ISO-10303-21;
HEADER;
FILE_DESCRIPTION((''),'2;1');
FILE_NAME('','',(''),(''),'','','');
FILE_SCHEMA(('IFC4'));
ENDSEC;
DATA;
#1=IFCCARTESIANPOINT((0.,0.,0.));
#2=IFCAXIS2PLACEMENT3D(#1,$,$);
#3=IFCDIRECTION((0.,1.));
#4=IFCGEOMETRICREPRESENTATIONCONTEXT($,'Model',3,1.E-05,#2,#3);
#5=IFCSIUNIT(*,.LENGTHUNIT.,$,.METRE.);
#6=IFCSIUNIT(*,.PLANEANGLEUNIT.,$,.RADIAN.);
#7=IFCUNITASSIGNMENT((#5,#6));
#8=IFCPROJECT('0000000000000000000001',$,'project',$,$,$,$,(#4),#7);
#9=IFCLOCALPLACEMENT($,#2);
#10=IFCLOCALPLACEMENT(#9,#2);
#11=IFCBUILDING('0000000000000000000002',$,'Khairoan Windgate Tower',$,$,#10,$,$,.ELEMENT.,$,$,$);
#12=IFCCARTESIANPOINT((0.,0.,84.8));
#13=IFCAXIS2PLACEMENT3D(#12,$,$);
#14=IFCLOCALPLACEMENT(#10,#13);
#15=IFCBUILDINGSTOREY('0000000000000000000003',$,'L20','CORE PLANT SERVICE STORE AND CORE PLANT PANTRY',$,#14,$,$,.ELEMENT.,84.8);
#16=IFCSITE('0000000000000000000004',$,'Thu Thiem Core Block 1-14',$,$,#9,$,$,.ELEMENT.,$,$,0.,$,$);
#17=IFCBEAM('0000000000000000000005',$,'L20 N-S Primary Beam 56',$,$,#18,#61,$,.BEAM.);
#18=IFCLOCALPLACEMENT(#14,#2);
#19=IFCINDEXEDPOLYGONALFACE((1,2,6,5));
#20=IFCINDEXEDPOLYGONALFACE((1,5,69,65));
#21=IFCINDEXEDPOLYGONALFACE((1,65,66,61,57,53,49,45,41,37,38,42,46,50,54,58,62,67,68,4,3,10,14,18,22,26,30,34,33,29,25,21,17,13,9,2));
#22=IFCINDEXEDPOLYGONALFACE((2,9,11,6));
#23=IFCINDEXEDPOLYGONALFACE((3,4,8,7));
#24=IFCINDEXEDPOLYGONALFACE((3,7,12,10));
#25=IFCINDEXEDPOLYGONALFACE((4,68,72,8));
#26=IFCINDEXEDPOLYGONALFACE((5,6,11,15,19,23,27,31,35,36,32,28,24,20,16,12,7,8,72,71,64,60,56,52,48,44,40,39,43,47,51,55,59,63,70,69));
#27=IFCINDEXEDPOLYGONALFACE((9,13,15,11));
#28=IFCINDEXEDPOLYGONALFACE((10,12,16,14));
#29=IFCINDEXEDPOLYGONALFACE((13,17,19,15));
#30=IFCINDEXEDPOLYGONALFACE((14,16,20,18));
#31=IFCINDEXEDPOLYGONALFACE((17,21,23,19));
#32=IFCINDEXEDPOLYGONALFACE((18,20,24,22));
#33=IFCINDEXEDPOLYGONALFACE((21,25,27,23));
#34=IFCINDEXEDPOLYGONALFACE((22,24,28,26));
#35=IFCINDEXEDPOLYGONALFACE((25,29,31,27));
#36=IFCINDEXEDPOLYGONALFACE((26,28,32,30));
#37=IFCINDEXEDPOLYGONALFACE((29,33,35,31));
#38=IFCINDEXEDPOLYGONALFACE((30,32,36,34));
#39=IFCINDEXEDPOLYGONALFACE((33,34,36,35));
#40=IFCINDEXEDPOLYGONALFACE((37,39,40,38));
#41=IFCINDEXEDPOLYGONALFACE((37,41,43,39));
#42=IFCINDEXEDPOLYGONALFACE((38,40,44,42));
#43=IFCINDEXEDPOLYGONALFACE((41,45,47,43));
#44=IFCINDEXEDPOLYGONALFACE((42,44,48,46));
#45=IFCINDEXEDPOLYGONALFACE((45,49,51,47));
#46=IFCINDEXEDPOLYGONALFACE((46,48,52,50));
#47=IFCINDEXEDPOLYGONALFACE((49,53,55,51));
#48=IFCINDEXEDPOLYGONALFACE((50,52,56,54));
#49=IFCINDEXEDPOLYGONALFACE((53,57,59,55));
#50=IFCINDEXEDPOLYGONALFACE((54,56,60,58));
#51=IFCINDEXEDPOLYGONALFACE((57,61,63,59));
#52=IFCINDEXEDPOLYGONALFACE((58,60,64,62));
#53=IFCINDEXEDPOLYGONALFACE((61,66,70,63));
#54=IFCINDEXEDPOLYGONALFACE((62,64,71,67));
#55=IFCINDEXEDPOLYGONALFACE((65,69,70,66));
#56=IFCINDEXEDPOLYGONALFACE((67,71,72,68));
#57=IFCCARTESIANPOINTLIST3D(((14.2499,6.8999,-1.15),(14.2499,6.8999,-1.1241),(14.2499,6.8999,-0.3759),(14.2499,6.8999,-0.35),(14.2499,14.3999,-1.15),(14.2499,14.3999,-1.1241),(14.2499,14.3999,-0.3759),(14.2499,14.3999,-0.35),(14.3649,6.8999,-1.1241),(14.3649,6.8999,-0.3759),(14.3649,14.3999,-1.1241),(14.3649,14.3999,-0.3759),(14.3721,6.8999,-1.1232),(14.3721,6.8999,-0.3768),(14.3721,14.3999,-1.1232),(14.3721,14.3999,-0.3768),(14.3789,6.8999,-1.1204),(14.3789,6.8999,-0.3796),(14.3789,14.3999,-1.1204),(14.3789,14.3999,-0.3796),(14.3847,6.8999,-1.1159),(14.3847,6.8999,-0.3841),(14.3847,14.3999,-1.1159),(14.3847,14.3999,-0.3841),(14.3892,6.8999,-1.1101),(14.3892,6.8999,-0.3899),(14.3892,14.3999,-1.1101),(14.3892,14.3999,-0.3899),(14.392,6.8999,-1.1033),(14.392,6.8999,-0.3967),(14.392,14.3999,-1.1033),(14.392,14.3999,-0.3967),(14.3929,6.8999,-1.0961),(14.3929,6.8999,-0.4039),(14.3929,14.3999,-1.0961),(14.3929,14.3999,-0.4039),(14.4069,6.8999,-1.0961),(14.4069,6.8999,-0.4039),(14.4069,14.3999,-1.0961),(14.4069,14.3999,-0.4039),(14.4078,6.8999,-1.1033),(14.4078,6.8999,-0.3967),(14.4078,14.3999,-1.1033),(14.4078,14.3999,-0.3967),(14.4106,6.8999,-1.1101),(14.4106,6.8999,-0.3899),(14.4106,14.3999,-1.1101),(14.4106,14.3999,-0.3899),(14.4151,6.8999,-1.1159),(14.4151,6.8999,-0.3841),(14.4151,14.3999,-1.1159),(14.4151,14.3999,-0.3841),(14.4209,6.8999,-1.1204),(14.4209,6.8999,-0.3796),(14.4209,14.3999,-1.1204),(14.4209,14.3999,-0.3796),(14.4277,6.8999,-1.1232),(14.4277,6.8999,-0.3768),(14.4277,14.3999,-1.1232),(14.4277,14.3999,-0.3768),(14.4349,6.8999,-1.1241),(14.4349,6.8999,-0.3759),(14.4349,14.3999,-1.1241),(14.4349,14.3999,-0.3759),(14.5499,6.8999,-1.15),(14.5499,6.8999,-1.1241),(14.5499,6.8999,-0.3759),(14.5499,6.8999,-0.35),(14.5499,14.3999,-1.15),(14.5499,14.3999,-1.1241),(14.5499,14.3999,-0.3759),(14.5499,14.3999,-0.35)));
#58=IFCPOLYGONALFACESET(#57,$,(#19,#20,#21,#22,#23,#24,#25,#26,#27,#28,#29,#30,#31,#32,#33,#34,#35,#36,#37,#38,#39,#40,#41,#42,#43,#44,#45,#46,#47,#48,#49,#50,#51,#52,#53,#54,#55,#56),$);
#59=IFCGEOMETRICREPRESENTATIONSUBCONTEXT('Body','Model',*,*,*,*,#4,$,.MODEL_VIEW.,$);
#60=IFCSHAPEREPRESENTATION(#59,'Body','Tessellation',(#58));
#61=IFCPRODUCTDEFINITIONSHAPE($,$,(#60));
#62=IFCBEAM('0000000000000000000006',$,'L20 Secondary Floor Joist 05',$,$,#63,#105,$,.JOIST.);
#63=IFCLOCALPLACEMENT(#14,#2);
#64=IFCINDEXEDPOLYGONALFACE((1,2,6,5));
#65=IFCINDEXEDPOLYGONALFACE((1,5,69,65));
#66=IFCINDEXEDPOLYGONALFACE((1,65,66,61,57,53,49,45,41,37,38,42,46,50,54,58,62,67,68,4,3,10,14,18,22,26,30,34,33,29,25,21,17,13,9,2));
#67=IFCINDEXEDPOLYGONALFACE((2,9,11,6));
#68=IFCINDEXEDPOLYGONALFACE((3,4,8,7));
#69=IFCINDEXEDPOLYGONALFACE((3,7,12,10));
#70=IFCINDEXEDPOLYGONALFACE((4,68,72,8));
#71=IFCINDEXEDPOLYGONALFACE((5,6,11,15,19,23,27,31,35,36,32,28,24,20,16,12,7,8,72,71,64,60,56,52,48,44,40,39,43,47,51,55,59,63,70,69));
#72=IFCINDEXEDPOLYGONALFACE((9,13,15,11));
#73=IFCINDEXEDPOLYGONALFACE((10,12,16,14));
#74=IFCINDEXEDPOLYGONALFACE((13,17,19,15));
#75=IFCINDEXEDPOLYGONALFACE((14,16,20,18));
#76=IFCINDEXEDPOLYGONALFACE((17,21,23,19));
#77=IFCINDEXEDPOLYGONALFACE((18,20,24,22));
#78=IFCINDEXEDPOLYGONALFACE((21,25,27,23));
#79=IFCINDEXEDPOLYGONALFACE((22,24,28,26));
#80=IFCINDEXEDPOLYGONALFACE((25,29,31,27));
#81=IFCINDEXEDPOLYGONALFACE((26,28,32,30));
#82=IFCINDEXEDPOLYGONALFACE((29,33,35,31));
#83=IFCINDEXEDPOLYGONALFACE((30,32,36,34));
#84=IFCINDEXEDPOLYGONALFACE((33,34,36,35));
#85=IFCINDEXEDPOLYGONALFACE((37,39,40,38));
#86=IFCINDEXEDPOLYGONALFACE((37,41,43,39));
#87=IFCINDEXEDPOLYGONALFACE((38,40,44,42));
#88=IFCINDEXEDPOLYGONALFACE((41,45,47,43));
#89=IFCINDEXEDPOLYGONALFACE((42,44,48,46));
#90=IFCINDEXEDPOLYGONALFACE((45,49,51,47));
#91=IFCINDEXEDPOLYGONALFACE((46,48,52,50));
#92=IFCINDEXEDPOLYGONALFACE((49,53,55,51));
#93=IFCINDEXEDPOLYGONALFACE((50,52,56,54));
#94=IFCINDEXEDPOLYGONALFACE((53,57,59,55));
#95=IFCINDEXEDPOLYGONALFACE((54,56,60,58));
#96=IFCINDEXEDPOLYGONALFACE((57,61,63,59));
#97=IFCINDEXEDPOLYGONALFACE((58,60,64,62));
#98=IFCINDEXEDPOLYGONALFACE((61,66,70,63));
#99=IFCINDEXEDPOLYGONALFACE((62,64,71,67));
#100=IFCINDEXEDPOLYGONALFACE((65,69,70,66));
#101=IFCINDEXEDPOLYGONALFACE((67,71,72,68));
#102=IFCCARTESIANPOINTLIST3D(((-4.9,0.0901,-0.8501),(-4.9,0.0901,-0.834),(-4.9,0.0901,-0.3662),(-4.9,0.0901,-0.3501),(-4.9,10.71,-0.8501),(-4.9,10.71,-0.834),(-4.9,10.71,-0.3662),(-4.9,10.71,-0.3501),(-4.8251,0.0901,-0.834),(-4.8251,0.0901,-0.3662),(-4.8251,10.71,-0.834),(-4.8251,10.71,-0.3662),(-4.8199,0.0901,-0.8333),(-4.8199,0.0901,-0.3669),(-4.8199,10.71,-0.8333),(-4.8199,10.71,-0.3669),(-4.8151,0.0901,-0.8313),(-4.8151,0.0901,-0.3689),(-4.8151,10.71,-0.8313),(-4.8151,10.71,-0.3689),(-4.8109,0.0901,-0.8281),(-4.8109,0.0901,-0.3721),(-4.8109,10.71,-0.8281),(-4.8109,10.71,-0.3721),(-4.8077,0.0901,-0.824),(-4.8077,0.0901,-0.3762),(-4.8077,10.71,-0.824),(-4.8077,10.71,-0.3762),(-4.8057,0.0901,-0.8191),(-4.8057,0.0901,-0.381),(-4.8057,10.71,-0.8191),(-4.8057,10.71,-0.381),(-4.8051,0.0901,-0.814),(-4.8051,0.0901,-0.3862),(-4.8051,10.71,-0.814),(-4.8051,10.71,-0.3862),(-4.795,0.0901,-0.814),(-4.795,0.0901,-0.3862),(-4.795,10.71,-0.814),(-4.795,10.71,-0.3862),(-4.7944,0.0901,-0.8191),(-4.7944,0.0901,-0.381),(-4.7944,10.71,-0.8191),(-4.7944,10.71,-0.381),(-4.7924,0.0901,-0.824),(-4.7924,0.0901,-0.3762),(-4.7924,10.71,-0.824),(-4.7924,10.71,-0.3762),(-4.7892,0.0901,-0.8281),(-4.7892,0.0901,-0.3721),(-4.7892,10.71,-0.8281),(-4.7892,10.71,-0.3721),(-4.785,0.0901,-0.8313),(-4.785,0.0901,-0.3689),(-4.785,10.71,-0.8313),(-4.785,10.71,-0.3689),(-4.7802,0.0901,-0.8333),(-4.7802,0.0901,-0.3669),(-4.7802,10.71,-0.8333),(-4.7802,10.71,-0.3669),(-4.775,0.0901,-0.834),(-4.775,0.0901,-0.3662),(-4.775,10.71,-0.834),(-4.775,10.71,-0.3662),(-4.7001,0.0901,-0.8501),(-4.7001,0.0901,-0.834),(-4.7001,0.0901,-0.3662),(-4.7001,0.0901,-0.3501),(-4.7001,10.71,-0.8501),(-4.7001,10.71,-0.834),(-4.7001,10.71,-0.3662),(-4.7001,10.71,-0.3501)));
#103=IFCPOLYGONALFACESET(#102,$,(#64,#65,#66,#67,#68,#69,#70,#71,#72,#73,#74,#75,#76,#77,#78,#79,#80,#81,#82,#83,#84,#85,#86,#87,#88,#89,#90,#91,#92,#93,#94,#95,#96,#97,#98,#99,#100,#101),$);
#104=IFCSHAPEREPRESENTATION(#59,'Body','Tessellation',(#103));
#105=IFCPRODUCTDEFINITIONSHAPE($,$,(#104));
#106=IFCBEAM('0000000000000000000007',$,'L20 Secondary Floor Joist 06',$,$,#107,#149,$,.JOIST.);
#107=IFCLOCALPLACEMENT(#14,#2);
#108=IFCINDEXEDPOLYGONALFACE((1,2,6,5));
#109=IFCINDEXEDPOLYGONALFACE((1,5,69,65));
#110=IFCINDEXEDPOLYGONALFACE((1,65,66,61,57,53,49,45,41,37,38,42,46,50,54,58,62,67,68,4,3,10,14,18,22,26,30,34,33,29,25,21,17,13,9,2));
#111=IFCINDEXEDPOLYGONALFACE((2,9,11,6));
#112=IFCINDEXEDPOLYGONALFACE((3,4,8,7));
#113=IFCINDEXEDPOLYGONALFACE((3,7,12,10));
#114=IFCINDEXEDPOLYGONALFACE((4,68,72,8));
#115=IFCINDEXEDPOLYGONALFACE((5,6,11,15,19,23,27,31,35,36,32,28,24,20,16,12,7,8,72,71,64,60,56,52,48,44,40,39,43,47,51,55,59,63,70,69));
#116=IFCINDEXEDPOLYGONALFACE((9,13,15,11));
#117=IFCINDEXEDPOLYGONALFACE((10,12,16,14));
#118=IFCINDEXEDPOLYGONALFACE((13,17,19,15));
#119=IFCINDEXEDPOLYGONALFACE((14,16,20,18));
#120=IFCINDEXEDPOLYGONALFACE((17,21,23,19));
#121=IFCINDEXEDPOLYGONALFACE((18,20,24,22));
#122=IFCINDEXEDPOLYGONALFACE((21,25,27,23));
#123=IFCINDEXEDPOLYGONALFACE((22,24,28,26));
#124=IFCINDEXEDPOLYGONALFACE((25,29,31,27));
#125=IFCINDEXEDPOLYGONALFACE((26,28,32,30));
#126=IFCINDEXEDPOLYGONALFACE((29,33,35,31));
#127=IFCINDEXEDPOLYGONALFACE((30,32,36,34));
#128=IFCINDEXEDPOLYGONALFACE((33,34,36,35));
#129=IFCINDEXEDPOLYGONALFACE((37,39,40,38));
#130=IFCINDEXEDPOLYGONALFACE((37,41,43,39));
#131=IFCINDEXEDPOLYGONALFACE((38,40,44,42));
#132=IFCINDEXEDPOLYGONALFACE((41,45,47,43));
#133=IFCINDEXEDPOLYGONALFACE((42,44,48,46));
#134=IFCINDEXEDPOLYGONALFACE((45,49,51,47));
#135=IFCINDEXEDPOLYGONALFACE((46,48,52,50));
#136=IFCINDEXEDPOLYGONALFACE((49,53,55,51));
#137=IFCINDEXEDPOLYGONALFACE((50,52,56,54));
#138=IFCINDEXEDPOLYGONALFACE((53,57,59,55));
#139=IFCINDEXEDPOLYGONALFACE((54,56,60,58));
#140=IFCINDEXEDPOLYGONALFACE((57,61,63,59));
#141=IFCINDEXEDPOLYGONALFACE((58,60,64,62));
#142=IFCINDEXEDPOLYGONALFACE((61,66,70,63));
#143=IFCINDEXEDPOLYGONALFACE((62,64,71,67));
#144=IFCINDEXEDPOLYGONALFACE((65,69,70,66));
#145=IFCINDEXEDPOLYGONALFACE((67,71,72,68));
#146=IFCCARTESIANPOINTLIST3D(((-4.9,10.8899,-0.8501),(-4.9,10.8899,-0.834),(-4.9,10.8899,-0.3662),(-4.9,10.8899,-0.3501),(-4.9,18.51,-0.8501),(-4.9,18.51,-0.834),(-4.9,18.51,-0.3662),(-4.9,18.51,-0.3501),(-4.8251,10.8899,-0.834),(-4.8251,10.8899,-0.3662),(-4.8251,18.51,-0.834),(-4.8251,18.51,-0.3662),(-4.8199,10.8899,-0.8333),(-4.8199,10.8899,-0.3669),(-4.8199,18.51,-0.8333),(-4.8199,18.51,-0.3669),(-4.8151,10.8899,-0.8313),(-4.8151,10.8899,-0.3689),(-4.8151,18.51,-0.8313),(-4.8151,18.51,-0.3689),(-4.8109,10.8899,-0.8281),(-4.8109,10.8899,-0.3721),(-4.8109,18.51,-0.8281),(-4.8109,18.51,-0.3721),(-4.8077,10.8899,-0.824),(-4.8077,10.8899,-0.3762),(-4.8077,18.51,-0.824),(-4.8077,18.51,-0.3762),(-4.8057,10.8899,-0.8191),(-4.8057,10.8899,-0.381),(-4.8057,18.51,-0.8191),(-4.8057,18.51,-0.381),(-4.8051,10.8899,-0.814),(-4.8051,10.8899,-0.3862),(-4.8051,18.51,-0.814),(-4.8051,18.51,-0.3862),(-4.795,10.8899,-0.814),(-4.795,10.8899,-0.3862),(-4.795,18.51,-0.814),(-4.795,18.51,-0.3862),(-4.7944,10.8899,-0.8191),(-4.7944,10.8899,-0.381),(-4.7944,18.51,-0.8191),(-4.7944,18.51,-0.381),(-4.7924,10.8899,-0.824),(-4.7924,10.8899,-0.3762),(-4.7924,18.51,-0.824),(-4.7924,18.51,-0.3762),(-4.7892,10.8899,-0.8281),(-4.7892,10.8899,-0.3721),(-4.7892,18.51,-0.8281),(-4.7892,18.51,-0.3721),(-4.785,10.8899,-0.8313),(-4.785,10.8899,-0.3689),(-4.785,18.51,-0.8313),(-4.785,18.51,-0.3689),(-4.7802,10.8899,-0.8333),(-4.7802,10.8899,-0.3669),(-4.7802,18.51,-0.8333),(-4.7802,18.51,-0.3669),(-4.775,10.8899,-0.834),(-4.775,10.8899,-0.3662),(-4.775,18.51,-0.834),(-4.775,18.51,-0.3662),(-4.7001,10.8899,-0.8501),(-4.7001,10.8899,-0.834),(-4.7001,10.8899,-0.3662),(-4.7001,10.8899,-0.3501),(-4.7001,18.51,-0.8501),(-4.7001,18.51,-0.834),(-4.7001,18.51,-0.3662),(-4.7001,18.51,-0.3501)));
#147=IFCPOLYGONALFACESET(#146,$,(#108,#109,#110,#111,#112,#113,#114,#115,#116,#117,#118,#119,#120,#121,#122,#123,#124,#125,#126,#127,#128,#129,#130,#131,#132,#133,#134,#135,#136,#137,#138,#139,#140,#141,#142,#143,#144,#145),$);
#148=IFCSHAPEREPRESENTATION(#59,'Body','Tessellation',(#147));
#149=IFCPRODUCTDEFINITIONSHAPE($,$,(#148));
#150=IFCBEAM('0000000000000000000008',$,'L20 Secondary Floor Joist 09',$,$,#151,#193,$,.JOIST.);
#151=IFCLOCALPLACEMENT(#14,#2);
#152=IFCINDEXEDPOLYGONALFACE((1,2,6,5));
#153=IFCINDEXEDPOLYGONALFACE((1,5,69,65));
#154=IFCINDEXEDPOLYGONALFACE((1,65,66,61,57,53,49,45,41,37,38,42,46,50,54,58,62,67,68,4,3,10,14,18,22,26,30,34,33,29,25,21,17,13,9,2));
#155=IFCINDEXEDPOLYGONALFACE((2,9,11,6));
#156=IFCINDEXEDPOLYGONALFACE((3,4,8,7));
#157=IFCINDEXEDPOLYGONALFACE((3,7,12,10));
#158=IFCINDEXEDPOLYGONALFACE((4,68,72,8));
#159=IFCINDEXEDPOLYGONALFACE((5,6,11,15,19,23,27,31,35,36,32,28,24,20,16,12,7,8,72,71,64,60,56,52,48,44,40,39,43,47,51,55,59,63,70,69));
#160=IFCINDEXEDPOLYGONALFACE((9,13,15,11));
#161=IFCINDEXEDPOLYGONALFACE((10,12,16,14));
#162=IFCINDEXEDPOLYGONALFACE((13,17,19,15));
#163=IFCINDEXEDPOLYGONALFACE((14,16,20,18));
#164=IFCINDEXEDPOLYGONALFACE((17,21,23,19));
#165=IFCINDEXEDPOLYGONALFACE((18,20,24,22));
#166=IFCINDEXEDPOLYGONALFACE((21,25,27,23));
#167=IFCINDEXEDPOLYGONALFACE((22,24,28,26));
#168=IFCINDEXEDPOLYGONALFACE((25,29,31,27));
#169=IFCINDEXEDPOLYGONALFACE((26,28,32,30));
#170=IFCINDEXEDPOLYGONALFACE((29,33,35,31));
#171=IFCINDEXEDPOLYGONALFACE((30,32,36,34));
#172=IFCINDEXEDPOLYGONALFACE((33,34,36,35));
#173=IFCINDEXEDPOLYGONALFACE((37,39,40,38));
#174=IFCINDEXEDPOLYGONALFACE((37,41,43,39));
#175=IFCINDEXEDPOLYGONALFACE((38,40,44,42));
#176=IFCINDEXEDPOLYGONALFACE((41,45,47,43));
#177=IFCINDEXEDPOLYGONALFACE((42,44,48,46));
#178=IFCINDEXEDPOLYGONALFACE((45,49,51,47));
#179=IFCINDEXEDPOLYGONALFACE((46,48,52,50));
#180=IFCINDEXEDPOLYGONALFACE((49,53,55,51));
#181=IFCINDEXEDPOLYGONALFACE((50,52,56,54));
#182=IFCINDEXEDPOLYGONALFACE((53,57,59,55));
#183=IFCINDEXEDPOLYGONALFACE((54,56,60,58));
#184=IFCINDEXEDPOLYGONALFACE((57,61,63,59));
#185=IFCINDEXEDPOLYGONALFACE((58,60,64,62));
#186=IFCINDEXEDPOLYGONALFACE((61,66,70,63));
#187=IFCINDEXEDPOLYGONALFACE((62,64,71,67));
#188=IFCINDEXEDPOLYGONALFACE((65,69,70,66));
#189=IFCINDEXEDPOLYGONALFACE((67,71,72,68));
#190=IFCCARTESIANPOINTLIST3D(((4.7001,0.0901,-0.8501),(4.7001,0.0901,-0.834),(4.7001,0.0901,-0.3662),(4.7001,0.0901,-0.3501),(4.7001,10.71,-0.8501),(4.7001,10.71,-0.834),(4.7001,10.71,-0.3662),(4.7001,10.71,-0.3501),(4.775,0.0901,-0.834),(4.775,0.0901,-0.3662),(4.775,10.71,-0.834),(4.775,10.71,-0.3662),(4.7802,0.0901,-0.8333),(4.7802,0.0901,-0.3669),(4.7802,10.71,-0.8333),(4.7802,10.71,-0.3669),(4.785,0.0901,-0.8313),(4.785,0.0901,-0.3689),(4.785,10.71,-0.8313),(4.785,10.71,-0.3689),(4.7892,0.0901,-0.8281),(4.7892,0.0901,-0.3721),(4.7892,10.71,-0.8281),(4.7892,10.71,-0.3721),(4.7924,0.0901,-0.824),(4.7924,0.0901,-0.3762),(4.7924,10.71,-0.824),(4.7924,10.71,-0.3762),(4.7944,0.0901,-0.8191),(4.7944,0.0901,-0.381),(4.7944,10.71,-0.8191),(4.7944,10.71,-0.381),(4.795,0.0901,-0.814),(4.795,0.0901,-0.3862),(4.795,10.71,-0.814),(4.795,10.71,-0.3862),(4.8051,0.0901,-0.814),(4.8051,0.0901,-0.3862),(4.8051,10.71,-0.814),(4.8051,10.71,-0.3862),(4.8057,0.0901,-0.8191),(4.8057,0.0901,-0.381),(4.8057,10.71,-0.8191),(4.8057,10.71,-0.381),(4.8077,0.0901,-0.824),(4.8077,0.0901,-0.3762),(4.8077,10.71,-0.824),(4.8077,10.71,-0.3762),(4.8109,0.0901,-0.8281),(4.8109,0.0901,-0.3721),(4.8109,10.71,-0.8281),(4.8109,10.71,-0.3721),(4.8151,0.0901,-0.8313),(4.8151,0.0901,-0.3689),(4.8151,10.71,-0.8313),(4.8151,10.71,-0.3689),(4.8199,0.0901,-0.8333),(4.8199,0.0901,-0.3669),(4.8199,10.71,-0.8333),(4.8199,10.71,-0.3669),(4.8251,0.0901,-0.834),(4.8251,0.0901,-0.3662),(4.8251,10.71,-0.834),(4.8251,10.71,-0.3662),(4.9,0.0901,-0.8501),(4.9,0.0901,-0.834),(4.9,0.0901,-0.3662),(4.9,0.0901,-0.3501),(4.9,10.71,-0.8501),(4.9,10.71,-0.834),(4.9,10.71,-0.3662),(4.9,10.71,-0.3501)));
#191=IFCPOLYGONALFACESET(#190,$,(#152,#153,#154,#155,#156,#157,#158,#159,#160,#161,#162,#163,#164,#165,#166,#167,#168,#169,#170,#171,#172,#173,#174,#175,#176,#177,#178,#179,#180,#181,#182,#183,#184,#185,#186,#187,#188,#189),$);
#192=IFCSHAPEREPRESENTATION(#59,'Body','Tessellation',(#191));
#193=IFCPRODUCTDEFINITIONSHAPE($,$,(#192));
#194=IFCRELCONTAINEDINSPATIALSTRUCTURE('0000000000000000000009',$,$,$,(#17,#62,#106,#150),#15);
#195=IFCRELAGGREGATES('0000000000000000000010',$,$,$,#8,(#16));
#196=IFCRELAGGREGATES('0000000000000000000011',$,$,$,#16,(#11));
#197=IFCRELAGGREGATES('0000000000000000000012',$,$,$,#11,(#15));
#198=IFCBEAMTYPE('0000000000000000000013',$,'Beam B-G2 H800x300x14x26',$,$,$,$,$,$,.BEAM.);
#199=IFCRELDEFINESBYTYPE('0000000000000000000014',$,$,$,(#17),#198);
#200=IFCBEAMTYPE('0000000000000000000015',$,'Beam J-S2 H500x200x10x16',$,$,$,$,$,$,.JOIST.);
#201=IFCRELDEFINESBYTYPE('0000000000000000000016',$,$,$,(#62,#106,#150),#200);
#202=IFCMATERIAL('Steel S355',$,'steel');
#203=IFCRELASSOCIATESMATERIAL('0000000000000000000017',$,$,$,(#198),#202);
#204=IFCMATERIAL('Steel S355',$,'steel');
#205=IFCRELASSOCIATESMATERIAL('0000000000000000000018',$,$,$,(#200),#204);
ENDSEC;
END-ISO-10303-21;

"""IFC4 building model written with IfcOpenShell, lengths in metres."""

from ifc_helpers import new_model, si_unit, direction, frame, origin, origin_2d, place, context, subcontext, project, spatial, i_section, extrude, material, material_profile, profile_set, type_object, element, save


model = new_model("IFC4")

# Units and contexts
model_context = context("Model", 3, precision=1e-05, world=origin(), true_north=direction((0.0, 1.0)))
body_context = subcontext(model_context, "Body", "Model", "MODEL_VIEW")
ifc_project = project(units=[si_unit("LENGTHUNIT", "METRE"), si_unit("PLANEANGLEUNIT", "RADIAN")], contexts=[model_context])

# Site, building, storey
site_placement = place(None, origin())
site = spatial("IfcSite", under=ifc_project, at=site_placement, Name="Thu Thiem Core Block 1-14", CompositionType="ELEMENT", RefElevation=0.0)
building_placement = place(site_placement, origin())
building = spatial("IfcBuilding", under=site, at=building_placement, Name="Khairoan Windgate Tower", CompositionType="ELEMENT")
storey_placement = place(building_placement, frame((0.0, 0.0, 84.8)))
storey = spatial("IfcBuildingStorey", under=building, at=storey_placement, Name="L20", Description="CORE PLANT SERVICE STORE AND CORE PLANT PANTRY", CompositionType="ELEMENT", Elevation=84.8)

# Beams
ifc_material_1 = material(Name="Steel S355", Category="steel")
ifc_material_profile_1 = material_profile(ifc_material_1, i_section(OverallWidth=0.3, OverallDepth=0.8, WebThickness=0.0139, FlangeThickness=0.0259, FilletRadius=0.0281, at=origin_2d()))
ifc_profile_set_1 = profile_set([ifc_material_profile_1], Name="Steel S355")
beam_type_1 = type_object("IfcBeamType", Name="Beam B-G2 H800x300x14x26", PredefinedType="BEAM", material=ifc_profile_set_1)
beam_1_placement = place(storey_placement, frame((14.3999, 6.8999, -0.75), z_axis=(0.0, 1.0, 0.0), x_axis=(-1.0, 0.0, 0.0)))
element("IfcBeam", 1, at=beam_1_placement, inside=storey, type_object=beam_type_1, Name="L20 N-S Primary Beam 56", PredefinedType="BEAM", context=body_context, shape_type="SweptSolid", body=[
    extrude(i_section(OverallWidth=0.3, OverallDepth=0.8, WebThickness=0.0139, FlangeThickness=0.0259, FilletRadius=0.0281, at=origin_2d()), origin(), (0.0, 0.0, 1.0), 7.5),
])
ifc_material_2 = material(Name="Steel S355", Category="steel")
ifc_material_profile_2 = material_profile(ifc_material_2, i_section(OverallWidth=0.2, OverallDepth=0.5, WebThickness=0.01, FlangeThickness=0.0161, FilletRadius=0.02, at=origin_2d()))
ifc_profile_set_2 = profile_set([ifc_material_profile_2], Name="Steel S355")
beam_type_2 = type_object("IfcBeamType", Name="Beam J-S2 H500x200x10x16", PredefinedType="JOIST", material=ifc_profile_set_2)
beam_2_placement = place(storey_placement, frame((-4.8, 0.0901, -0.6001), z_axis=(0.0, 1.0, 0.0), x_axis=(-1.0, 0.0, 0.0)))
element("IfcBeam", 2, at=beam_2_placement, inside=storey, type_object=beam_type_2, Name="L20 Secondary Floor Joist 05", PredefinedType="JOIST", context=body_context, shape_type="SweptSolid", body=[
    extrude(i_section(OverallWidth=0.2, OverallDepth=0.5, WebThickness=0.01, FlangeThickness=0.0161, FilletRadius=0.02, at=origin_2d()), origin(), (0.0, 0.0, 1.0), 10.6199),
])
beam_3_placement = place(storey_placement, frame((-4.8, 10.8899, -0.6001), z_axis=(0.0, 1.0, 0.0), x_axis=(-1.0, 0.0, 0.0)))
element("IfcBeam", 3, at=beam_3_placement, inside=storey, type_object=beam_type_2, Name="L20 Secondary Floor Joist 06", PredefinedType="JOIST", context=body_context, shape_type="SweptSolid", body=[
    extrude(i_section(OverallWidth=0.2, OverallDepth=0.5, WebThickness=0.01, FlangeThickness=0.0161, FilletRadius=0.02, at=origin_2d()), origin(), (0.0, 0.0, 1.0), 7.6201),
])
beam_4_placement = place(storey_placement, frame((4.8, 0.0901, -0.6001), z_axis=(0.0, 1.0, 0.0), x_axis=(-1.0, 0.0, 0.0)))
element("IfcBeam", 4, at=beam_4_placement, inside=storey, type_object=beam_type_2, Name="L20 Secondary Floor Joist 09", PredefinedType="JOIST", context=body_context, shape_type="SweptSolid", body=[
    extrude(i_section(OverallWidth=0.2, OverallDepth=0.5, WebThickness=0.01, FlangeThickness=0.0161, FilletRadius=0.02, at=origin_2d()), origin(), (0.0, 0.0, 1.0), 10.6199),
])

save(model, "model.ifc")
